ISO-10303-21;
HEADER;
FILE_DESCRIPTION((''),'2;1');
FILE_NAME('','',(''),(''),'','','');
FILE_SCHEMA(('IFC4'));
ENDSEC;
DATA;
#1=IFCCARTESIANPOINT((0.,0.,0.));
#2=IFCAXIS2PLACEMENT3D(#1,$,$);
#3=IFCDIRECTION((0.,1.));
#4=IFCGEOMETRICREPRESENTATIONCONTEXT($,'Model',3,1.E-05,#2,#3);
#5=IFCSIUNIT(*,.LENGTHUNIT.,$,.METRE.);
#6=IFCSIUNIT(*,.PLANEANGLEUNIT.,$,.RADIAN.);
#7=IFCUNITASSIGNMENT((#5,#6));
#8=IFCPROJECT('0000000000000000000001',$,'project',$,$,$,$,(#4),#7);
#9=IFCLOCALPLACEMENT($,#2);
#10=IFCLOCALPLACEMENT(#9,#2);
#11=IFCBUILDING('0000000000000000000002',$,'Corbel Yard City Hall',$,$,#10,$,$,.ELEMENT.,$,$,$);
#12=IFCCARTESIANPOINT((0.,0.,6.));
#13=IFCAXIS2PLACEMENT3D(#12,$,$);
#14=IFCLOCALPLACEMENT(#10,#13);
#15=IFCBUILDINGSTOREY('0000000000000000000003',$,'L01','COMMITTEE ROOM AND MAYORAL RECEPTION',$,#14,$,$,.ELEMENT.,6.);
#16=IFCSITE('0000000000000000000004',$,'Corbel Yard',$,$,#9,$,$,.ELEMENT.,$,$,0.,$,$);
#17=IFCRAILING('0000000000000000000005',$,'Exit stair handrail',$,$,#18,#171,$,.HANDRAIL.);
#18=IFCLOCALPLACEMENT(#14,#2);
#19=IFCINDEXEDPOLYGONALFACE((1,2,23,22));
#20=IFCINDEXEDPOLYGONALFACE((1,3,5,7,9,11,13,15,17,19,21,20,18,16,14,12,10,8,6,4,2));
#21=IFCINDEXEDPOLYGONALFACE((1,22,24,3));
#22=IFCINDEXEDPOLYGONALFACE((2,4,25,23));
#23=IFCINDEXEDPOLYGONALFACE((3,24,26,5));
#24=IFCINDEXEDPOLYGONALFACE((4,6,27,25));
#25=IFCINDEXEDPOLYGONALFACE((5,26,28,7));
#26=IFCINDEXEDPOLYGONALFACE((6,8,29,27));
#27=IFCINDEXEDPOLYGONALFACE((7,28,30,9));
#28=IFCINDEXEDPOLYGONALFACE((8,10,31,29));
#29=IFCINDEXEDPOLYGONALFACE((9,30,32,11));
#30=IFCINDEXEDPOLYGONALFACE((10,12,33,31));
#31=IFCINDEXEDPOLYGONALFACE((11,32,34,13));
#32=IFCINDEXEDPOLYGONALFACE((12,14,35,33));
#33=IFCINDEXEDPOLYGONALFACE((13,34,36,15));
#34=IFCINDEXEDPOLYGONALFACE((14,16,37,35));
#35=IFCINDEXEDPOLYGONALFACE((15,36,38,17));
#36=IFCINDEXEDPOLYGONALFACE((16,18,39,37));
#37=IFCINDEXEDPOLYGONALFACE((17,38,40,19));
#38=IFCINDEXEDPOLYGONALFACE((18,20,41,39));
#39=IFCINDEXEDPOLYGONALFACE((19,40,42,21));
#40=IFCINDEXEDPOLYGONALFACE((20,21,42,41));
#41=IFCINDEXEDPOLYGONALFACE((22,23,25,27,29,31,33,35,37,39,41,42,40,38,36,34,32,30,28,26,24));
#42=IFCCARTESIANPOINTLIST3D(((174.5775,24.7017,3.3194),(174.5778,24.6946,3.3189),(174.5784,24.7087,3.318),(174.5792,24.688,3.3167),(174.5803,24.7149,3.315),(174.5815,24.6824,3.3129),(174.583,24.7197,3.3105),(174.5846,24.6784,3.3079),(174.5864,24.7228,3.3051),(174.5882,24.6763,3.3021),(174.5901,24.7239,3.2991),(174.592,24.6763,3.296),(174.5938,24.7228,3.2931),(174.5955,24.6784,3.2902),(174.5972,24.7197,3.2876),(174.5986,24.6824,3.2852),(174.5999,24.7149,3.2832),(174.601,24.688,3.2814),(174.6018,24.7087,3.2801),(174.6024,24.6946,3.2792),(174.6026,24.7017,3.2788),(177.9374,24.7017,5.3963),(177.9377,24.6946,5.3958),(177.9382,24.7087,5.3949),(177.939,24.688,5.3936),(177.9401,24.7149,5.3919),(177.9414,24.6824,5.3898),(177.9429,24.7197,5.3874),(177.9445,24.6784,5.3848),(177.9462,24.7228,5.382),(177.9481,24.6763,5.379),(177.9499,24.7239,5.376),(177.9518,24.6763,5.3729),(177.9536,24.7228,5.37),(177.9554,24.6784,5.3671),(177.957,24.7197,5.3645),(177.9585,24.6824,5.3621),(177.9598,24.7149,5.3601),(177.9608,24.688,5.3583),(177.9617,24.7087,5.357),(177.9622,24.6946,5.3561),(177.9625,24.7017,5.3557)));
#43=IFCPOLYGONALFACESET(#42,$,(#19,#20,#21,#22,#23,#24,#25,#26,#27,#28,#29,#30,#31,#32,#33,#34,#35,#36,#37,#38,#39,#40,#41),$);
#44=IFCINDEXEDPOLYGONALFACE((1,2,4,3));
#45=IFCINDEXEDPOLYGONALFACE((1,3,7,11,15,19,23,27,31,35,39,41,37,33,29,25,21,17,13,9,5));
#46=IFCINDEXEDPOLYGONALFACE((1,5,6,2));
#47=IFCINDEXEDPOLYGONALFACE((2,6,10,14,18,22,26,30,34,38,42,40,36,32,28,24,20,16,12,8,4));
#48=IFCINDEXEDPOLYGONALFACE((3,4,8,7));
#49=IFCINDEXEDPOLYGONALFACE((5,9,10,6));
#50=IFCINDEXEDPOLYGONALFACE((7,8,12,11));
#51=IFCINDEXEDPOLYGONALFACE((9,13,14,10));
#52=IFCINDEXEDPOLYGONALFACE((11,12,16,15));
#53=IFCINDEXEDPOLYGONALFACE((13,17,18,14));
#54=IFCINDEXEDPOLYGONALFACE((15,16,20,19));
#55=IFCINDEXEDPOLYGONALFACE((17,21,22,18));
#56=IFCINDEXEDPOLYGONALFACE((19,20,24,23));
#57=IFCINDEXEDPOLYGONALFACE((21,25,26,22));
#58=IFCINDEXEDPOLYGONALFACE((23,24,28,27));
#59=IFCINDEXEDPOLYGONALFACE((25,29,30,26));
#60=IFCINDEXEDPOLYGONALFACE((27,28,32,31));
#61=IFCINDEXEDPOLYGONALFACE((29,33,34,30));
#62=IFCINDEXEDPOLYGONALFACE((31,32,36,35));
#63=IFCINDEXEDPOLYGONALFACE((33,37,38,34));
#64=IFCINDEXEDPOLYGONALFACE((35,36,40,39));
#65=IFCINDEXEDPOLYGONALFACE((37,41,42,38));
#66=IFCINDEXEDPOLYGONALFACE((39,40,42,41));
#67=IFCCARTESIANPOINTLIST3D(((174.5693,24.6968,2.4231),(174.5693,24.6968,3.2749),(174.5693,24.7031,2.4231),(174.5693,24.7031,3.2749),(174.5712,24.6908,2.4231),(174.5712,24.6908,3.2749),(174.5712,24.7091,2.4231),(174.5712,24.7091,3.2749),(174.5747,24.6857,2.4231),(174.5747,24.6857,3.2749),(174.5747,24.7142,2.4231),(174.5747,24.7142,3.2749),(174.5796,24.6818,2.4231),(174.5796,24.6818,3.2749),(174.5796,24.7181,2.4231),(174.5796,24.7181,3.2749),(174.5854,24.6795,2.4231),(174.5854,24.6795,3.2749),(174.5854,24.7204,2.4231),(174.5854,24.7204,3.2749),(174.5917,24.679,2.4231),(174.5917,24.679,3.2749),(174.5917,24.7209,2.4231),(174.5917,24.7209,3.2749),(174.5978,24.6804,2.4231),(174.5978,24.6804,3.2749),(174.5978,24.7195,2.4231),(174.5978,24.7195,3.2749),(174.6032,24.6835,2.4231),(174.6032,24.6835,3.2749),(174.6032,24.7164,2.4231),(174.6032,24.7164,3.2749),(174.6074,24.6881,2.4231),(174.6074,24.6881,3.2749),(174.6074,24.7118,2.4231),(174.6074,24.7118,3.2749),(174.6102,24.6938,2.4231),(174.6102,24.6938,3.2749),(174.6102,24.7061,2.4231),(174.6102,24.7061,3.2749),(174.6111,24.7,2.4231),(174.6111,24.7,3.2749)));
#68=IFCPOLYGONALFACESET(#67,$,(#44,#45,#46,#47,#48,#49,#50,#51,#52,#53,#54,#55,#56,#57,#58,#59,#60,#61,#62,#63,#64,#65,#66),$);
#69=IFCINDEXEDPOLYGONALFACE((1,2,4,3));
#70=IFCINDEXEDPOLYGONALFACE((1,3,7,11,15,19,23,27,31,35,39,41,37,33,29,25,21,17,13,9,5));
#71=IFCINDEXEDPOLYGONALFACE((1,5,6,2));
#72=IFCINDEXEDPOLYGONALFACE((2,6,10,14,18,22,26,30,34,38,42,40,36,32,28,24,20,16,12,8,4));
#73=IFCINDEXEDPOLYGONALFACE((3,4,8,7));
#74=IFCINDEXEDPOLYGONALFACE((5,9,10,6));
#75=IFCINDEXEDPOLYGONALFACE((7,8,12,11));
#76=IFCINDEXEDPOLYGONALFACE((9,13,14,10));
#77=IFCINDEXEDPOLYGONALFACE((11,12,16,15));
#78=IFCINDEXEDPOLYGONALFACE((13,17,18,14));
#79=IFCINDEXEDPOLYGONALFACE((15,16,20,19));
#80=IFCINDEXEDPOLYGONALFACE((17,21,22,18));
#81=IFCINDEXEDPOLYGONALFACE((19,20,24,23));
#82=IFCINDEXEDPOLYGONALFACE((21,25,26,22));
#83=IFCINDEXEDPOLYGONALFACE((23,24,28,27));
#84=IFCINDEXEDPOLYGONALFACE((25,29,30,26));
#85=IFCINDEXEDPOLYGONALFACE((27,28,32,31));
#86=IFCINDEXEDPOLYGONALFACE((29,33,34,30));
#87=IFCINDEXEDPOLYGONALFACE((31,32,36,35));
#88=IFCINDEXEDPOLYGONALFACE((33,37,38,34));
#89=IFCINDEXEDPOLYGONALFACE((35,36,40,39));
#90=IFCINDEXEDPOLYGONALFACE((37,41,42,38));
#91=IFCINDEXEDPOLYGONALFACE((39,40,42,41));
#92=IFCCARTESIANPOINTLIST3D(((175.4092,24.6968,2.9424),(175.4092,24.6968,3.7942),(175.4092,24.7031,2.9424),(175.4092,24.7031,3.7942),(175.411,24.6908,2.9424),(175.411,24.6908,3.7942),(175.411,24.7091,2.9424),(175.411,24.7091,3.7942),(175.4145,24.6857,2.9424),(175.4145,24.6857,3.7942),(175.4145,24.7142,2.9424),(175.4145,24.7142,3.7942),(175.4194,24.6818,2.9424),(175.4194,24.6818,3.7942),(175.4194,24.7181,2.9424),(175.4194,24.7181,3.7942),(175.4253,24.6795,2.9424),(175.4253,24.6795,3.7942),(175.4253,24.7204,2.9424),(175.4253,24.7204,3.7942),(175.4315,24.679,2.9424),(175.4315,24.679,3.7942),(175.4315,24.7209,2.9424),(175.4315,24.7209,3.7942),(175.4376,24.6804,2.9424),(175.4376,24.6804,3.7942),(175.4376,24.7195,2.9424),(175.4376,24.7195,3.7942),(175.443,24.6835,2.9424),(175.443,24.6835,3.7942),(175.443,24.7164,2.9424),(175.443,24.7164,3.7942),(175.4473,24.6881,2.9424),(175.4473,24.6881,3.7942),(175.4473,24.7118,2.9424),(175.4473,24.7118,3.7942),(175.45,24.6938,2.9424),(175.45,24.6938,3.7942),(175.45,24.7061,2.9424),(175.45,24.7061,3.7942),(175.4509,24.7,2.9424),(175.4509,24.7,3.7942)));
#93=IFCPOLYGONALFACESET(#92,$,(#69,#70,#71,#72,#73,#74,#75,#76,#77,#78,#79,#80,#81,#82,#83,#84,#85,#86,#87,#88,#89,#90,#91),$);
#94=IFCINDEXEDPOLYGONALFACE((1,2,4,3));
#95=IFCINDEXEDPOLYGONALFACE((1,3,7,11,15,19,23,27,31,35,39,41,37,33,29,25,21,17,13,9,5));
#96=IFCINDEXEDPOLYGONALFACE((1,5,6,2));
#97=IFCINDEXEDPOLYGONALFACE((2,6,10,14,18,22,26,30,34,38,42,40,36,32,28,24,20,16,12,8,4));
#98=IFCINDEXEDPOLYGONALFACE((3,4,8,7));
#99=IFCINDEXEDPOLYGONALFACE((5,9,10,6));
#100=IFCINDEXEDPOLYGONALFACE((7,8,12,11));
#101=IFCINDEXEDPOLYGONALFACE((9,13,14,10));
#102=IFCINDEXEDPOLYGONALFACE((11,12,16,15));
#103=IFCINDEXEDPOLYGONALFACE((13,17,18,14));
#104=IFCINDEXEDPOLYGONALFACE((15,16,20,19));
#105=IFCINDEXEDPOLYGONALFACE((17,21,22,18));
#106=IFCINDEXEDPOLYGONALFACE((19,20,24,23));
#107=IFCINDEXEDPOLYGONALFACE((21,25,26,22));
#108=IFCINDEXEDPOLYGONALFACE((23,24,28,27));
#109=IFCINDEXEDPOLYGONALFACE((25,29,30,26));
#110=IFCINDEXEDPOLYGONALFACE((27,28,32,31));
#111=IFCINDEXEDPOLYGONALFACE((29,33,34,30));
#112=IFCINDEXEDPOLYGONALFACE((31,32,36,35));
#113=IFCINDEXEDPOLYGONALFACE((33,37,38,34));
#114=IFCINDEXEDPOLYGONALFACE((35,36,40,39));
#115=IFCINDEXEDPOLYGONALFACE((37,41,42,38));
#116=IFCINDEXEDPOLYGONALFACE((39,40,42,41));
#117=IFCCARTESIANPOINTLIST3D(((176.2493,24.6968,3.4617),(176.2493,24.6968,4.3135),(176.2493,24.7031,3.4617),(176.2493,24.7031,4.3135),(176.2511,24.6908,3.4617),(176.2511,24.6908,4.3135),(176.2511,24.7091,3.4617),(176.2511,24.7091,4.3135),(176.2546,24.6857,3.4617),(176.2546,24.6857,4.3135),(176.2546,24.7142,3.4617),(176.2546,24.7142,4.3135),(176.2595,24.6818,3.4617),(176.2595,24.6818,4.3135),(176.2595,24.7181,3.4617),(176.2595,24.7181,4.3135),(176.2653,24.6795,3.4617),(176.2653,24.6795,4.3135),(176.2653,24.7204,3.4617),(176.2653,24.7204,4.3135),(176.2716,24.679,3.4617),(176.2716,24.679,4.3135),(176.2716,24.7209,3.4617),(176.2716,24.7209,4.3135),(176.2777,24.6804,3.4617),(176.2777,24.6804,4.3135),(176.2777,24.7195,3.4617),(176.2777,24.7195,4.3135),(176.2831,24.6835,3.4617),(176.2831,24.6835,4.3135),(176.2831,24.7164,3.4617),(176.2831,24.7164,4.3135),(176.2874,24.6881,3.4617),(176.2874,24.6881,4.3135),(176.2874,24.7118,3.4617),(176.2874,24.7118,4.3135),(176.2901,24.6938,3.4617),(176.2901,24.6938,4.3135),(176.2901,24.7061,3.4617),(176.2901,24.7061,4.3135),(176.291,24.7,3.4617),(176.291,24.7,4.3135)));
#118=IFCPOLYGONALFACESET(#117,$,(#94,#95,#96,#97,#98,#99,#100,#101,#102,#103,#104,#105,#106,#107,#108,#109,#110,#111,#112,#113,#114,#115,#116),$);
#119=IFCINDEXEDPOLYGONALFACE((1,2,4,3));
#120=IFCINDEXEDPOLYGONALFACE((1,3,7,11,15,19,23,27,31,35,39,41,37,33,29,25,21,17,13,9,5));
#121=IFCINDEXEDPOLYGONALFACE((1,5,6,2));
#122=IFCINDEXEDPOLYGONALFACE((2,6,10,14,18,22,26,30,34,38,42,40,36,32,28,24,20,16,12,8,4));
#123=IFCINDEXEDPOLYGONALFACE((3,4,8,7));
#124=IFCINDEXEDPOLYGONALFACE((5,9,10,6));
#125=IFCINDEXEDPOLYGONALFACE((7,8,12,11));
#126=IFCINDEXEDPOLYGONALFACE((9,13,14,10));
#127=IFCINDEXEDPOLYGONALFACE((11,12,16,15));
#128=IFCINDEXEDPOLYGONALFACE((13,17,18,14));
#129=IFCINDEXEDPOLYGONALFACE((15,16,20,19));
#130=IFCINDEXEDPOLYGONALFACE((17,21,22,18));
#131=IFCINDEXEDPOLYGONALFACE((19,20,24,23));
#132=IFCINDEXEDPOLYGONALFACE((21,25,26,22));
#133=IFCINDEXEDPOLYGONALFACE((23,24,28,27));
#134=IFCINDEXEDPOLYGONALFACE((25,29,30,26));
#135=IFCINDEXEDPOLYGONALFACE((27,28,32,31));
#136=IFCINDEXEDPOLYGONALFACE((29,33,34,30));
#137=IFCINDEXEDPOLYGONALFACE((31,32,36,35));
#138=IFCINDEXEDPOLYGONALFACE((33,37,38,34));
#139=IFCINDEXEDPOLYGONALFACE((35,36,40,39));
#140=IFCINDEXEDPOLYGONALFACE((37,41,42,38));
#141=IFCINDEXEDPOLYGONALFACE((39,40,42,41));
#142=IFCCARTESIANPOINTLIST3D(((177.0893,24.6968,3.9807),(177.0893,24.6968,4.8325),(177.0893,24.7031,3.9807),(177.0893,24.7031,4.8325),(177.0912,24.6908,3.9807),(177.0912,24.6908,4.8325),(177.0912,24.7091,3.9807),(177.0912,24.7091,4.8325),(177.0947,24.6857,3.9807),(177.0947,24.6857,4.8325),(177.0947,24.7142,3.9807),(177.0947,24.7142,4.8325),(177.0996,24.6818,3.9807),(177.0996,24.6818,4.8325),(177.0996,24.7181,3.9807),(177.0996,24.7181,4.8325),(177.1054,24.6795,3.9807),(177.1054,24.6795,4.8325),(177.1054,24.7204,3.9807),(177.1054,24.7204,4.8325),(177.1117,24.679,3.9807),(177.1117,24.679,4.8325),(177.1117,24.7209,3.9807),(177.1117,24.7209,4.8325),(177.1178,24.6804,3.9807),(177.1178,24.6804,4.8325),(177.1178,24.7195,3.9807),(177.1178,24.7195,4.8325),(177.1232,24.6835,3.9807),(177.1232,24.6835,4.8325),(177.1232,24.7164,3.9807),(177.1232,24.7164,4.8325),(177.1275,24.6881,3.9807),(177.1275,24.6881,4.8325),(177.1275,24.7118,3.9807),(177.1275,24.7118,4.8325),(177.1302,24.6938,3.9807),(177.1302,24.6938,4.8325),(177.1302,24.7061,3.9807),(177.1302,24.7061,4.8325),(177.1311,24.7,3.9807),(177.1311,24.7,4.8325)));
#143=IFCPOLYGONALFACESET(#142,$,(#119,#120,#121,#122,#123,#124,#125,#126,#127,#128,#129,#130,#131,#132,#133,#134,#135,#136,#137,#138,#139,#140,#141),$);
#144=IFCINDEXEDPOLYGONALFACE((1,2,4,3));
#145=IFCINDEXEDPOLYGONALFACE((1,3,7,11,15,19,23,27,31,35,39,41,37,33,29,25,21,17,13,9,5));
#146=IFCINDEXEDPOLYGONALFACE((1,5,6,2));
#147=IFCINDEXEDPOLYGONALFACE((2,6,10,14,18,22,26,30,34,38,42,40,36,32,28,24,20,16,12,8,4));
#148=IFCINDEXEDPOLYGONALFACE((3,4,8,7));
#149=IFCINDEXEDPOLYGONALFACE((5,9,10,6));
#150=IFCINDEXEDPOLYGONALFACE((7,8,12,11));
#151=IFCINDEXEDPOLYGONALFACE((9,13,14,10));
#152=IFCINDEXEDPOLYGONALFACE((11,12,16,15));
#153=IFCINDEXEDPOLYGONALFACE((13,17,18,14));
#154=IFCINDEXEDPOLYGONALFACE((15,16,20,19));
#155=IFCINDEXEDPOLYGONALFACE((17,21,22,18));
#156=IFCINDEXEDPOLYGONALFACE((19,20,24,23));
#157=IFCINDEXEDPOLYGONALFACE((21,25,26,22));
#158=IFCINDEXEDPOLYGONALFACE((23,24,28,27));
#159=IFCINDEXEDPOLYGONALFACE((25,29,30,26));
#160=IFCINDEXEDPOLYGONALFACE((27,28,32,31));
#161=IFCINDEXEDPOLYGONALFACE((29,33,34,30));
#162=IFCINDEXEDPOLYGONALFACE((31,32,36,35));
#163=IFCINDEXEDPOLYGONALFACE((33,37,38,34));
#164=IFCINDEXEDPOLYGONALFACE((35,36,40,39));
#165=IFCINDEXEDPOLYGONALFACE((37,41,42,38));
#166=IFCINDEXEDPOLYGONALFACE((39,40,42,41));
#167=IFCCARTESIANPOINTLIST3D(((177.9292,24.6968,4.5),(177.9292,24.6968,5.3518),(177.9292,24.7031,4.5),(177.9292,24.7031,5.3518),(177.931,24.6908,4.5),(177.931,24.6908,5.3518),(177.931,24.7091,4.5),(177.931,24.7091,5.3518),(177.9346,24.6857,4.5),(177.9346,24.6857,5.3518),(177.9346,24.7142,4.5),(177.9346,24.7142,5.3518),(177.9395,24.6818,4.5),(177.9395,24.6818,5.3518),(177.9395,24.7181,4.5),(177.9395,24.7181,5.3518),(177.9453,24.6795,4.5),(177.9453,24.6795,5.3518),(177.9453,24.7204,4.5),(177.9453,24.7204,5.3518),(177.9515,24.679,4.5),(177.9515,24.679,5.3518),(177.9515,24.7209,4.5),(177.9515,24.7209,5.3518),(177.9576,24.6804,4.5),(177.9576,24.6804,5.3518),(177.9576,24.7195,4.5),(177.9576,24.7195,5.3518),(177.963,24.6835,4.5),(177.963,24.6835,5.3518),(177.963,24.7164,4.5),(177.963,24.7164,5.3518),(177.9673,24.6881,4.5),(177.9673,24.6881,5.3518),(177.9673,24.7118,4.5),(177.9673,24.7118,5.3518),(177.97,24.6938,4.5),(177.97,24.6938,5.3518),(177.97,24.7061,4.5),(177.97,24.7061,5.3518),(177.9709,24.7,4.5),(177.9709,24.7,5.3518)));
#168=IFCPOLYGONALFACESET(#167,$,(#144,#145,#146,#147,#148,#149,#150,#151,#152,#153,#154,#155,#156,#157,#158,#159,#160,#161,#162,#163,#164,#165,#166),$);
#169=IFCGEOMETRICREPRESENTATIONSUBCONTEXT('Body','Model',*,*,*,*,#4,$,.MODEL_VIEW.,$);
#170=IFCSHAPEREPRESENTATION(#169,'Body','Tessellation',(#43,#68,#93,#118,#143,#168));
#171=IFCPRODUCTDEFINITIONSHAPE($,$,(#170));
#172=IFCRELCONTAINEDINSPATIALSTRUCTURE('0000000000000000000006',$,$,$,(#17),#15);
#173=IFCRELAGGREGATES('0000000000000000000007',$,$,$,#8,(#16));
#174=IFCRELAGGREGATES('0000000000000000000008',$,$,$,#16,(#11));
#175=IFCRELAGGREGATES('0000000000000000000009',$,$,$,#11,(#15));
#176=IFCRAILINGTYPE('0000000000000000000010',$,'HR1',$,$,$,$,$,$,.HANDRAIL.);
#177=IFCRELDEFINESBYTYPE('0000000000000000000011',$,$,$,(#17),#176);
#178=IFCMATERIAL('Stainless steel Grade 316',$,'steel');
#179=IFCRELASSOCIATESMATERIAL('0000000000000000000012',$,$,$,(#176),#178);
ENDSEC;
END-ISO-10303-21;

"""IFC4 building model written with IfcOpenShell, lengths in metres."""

from ifc_helpers import new_model, si_unit, direction, frame, origin, origin_2d, place, context, subcontext, project, spatial, circle, extrude, material, type_object, element, save


model = new_model("IFC4")

# Units and contexts
model_context = context("Model", 3, precision=1e-05, world=origin(), true_north=direction((0.0, 1.0)))
body_context = subcontext(model_context, "Body", "Model", "MODEL_VIEW")
ifc_project = project(units=[si_unit("LENGTHUNIT", "METRE"), si_unit("PLANEANGLEUNIT", "RADIAN")], contexts=[model_context])

# Site, building, storey
site_placement = place(None, origin())
site = spatial("IfcSite", under=ifc_project, at=site_placement, Name="Corbel Yard", CompositionType="ELEMENT", RefElevation=0.0)
building_placement = place(site_placement, origin())
building = spatial("IfcBuilding", under=site, at=building_placement, Name="Corbel Yard City Hall", CompositionType="ELEMENT")
storey_placement = place(building_placement, frame((0.0, 0.0, 6.0)))
storey = spatial("IfcBuildingStorey", under=building, at=storey_placement, Name="L01", Description="COMMITTEE ROOM AND MAYORAL RECEPTION", CompositionType="ELEMENT", Elevation=6.0)

# Shared definitions
ifc_material_1 = material(Name="Stainless steel Grade 316", Category="steel")

# Railing
railing_type_1 = type_object("IfcRailingType", Name="HR1", PredefinedType="HANDRAIL", material=ifc_material_1)
for number, where, name in (
    (1, (174.5901, 24.7, 2.4231), "Exit stair handrail"),
):
    element("IfcRailing", number, at=place(storey_placement, frame(where)), inside=storey, type_object=railing_type_1, Name=name, PredefinedType="HANDRAIL", context=body_context, shape_type="SweptSolid", body=[
        extrude(circle(Radius=0.0239, at=origin_2d()), frame((0.0, 0.0, 0.876), z_axis=(0.850606, 0.0, 0.525803), x_axis=(0.0, 1.0, 0.0)), (0.0, 0.0, 1.0), 3.95),
        extrude(circle(Radius=0.021, at=origin_2d()), origin(), (0.0, 0.0, 1.0), 0.8518),
        extrude(circle(Radius=0.021, at=origin_2d()), frame((0.8398, 0.0, 0.5193)), (0.0, 0.0, 1.0), 0.8518),
        extrude(circle(Radius=0.021, at=origin_2d()), frame((1.6799, 0.0, 1.0386)), (0.0, 0.0, 1.0), 0.8518),
        extrude(circle(Radius=0.021, at=origin_2d()), frame((2.52, 0.0, 1.5576)), (0.0, 0.0, 1.0), 0.8518),
        extrude(circle(Radius=0.021, at=origin_2d()), frame((3.3599, 0.0, 2.0769)), (0.0, 0.0, 1.0), 0.8518),
    ])

save(model, "model.ifc")
